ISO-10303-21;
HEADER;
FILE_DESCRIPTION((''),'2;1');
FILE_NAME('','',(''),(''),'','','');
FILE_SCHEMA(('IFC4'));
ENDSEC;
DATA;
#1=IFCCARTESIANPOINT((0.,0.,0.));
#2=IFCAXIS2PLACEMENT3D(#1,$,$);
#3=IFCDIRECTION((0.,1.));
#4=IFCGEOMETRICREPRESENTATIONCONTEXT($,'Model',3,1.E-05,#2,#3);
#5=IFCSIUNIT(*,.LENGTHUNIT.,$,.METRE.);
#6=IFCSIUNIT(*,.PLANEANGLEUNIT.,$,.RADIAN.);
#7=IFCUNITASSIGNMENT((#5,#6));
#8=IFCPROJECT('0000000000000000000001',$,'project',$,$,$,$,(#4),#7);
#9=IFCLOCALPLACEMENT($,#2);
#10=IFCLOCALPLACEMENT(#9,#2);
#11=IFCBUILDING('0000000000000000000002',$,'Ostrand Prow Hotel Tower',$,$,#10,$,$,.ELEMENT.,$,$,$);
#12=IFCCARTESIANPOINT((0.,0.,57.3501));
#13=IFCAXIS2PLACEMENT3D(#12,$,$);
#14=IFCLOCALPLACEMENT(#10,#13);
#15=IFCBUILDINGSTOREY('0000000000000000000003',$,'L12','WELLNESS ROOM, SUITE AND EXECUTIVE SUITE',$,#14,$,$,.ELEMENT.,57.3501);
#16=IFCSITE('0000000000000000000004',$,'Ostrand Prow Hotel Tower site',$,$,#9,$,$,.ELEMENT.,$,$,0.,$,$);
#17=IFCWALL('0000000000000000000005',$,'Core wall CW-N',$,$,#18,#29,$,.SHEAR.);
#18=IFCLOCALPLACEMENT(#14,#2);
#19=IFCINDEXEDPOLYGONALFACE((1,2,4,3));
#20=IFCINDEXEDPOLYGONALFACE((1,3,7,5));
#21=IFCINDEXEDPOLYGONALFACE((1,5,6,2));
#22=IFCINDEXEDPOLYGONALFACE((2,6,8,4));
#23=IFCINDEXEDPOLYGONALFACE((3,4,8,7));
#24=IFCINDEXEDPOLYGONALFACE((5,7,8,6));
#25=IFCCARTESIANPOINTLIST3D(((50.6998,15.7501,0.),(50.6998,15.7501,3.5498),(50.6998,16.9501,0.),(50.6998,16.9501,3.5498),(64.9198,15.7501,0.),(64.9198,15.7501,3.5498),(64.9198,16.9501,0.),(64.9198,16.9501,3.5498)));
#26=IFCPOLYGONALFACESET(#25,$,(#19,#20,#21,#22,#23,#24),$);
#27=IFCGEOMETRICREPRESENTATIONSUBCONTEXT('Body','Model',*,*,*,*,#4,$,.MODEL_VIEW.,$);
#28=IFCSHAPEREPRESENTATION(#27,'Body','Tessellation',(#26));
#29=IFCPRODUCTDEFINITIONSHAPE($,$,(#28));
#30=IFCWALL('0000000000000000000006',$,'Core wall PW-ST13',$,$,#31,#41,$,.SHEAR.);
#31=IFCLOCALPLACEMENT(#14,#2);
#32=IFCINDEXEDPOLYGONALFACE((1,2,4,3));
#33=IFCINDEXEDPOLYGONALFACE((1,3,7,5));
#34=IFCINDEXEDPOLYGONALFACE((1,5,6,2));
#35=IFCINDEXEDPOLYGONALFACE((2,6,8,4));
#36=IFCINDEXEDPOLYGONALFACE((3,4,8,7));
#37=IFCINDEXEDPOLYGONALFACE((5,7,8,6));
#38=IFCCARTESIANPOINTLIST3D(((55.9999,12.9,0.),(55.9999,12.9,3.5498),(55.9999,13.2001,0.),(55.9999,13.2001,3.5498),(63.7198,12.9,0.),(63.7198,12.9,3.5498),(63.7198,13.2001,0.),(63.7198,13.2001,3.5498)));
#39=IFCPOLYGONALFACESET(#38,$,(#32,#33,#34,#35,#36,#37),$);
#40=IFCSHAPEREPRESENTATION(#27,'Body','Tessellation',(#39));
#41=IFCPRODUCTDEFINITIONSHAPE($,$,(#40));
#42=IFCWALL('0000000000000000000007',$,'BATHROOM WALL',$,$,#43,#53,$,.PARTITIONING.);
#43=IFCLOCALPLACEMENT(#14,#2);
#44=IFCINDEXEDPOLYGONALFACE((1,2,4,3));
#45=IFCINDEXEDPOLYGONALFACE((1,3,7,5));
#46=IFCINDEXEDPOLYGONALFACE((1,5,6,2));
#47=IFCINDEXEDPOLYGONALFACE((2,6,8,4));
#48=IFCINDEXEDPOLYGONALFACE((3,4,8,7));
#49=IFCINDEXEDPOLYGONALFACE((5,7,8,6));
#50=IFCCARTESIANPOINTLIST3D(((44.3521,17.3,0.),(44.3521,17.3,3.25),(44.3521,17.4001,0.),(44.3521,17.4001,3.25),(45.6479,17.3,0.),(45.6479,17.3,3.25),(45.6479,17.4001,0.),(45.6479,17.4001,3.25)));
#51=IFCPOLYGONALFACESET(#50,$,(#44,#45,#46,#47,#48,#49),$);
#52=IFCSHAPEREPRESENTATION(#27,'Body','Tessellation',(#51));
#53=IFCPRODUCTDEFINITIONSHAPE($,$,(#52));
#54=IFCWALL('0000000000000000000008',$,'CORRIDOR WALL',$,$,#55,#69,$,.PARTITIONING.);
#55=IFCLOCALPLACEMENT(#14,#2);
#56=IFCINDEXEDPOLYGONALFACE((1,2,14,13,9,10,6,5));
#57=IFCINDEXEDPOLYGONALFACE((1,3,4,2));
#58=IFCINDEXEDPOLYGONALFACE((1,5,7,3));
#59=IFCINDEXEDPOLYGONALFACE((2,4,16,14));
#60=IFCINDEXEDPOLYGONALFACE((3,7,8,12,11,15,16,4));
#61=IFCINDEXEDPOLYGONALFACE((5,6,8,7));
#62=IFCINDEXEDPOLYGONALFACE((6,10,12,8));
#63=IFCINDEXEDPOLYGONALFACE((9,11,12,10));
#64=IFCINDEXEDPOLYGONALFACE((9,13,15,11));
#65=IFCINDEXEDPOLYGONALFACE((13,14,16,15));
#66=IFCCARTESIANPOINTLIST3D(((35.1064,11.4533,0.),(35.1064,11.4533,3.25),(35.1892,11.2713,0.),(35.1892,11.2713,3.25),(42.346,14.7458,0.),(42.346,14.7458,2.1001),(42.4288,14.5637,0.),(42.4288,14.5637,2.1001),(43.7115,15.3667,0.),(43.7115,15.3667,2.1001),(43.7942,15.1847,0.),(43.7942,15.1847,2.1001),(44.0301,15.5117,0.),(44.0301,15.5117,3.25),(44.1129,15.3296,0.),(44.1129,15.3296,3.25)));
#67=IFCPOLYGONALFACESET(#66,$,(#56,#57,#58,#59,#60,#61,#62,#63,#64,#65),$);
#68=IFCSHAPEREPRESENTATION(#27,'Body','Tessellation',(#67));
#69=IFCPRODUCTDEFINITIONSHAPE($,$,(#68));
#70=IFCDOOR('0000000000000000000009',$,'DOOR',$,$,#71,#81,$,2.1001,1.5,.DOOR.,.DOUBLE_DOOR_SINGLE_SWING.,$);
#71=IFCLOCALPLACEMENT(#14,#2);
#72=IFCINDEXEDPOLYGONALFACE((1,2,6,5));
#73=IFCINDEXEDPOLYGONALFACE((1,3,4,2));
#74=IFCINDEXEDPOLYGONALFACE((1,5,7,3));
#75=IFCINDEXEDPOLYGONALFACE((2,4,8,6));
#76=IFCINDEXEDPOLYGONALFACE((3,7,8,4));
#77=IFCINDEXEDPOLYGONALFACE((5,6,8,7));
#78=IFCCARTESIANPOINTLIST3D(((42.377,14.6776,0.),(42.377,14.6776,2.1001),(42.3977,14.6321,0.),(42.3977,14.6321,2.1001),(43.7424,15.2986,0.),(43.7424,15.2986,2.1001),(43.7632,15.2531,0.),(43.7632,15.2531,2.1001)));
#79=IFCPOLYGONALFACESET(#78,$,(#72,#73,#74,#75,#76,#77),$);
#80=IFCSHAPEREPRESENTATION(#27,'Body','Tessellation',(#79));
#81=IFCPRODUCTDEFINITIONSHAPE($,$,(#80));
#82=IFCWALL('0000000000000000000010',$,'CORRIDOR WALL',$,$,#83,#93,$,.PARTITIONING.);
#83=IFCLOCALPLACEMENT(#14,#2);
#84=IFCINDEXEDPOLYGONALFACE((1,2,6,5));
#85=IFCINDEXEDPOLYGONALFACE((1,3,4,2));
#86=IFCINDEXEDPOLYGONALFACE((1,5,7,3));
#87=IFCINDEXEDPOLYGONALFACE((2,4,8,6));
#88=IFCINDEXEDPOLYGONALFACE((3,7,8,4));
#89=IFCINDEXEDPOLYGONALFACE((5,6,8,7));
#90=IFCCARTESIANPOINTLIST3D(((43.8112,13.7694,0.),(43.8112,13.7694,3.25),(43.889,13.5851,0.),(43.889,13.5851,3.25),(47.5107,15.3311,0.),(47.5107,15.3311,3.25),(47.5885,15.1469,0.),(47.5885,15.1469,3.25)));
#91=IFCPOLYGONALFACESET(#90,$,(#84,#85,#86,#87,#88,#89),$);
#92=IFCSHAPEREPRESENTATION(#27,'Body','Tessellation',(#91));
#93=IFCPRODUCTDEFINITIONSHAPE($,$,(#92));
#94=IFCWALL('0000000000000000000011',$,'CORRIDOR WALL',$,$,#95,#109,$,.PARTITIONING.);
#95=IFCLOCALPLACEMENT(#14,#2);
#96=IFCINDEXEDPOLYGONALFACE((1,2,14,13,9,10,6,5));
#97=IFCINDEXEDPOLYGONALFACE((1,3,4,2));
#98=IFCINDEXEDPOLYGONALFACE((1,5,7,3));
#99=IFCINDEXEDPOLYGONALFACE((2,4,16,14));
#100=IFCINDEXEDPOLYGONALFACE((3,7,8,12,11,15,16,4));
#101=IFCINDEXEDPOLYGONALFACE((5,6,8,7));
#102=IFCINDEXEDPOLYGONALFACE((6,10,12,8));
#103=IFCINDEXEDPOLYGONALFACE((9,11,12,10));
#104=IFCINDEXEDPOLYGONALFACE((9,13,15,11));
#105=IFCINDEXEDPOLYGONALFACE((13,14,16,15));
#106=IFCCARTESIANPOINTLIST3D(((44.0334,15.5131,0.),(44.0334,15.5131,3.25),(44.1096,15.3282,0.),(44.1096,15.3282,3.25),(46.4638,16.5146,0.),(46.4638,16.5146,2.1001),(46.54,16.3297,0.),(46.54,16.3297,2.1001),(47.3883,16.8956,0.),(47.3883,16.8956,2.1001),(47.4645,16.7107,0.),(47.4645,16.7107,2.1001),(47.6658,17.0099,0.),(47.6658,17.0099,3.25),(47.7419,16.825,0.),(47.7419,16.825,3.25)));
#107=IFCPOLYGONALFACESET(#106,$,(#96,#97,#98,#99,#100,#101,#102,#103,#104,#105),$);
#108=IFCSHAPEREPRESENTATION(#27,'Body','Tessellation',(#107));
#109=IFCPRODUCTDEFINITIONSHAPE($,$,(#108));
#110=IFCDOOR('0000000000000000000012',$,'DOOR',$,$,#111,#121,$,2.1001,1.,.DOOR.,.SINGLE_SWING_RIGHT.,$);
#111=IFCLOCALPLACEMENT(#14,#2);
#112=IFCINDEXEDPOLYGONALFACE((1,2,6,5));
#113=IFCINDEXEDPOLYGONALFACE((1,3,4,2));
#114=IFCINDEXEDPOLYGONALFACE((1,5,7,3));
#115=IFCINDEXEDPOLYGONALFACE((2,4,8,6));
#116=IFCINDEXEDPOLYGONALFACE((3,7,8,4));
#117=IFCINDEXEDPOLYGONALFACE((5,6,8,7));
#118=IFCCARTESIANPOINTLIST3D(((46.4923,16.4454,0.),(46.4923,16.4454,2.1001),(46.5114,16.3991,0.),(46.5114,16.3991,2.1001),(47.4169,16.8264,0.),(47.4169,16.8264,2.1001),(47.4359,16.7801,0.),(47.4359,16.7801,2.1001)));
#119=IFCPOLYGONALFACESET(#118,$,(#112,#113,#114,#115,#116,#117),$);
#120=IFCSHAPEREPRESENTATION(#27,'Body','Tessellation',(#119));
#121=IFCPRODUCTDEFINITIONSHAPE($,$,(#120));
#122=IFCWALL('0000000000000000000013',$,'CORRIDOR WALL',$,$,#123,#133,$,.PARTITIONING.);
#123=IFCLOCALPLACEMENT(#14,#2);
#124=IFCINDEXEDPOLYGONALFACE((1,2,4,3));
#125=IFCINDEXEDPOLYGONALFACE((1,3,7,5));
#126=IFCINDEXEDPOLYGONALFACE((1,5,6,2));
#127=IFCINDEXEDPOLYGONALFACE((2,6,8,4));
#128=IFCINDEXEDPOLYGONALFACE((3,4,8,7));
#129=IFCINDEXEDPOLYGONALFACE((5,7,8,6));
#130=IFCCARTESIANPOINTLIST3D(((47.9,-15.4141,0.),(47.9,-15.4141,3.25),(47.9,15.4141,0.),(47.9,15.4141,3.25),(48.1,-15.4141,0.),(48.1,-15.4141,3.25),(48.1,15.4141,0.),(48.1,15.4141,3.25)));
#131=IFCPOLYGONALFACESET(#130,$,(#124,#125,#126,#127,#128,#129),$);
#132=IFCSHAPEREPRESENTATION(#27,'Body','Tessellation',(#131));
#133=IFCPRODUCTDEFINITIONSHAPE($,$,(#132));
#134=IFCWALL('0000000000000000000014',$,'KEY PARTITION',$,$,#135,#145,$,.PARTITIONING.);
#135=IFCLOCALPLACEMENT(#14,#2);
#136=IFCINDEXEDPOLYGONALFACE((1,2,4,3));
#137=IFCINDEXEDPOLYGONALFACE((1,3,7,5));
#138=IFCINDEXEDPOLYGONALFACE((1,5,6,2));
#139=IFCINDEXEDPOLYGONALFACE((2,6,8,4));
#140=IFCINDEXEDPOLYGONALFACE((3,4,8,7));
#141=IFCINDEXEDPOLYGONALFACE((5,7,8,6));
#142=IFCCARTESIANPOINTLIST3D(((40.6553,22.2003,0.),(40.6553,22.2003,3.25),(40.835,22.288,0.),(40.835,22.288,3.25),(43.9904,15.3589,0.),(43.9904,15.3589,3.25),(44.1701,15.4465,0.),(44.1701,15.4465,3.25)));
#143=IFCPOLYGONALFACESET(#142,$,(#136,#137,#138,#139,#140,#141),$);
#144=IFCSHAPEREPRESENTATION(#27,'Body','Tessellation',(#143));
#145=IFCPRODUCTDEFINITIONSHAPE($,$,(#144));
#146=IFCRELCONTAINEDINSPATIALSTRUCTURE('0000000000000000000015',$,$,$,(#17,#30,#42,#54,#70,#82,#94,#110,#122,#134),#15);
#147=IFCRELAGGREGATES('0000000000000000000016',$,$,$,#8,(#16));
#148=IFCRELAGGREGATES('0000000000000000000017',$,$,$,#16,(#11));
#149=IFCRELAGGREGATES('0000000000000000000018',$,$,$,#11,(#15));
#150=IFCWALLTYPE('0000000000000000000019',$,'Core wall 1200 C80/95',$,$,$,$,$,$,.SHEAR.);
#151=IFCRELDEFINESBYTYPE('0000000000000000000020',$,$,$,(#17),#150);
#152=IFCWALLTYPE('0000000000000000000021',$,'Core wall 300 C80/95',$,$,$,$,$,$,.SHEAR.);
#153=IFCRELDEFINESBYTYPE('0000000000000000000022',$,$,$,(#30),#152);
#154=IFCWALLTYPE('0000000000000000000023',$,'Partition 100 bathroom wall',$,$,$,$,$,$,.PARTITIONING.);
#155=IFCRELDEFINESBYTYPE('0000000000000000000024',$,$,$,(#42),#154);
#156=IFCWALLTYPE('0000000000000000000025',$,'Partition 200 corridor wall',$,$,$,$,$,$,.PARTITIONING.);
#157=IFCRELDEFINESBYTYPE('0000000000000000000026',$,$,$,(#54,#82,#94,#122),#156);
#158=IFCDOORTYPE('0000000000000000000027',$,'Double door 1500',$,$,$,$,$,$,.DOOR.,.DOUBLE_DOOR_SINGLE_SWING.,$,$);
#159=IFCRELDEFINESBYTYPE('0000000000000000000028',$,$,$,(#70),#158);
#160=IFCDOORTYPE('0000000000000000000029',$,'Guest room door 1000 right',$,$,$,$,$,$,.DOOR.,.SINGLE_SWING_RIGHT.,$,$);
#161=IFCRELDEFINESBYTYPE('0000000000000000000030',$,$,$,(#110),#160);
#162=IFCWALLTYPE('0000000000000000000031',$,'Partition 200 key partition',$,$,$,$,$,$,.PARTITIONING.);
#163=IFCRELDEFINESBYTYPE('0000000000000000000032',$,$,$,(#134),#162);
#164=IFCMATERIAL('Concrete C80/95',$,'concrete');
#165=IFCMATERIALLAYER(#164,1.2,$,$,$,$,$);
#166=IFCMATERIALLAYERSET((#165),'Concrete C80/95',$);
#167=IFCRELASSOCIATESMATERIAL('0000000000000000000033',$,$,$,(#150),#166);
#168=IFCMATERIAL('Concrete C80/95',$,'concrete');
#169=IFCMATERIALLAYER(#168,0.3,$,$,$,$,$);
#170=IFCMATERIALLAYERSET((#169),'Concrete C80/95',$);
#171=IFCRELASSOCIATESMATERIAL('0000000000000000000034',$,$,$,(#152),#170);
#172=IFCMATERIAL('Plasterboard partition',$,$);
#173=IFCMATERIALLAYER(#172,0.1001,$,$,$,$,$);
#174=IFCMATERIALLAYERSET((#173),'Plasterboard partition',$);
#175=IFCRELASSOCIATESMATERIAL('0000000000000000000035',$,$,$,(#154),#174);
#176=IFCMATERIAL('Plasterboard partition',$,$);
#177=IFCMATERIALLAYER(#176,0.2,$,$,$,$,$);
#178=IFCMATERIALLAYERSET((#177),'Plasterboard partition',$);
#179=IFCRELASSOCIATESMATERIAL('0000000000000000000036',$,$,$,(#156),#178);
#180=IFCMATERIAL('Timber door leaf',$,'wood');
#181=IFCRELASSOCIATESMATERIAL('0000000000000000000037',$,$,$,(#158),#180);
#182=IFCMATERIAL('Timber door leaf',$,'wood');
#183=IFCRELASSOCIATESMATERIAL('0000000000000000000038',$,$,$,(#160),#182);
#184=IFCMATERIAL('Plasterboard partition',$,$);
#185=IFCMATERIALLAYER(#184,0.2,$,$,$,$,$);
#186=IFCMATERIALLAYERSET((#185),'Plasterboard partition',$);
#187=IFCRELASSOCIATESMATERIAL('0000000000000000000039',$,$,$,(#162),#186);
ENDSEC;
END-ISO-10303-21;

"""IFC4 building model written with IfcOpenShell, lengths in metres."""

from ifc_helpers import new_model, si_unit, direction, frame, frame_2d, origin, place, context, subcontext, project, spatial, rectangle, extrude, material, layer, layer_set, type_object, element, fill, save


model = new_model("IFC4")

# Units and contexts
model_context = context("Model", 3, precision=1e-05, world=origin(), true_north=direction((0.0, 1.0)))
body_context = subcontext(model_context, "Body", "Model", "MODEL_VIEW")
ifc_project = project(units=[si_unit("LENGTHUNIT", "METRE"), si_unit("PLANEANGLEUNIT", "RADIAN")], contexts=[model_context])

# Site, building, storey
site_placement = place(None, origin())
site = spatial("IfcSite", under=ifc_project, at=site_placement, Name="Ostrand Prow Hotel Tower site", CompositionType="ELEMENT", RefElevation=0.0)
building_placement = place(site_placement, origin())
building = spatial("IfcBuilding", under=site, at=building_placement, Name="Ostrand Prow Hotel Tower", CompositionType="ELEMENT")
storey_placement = place(building_placement, frame((0.0, 0.0, 57.3501)))
storey = spatial("IfcBuildingStorey", under=building, at=storey_placement, Name="L12", Description="WELLNESS ROOM, SUITE AND EXECUTIVE SUITE", CompositionType="ELEMENT", Elevation=57.3501)

# Walls
ifc_material_1 = material(Name="Concrete C80/95", Category="concrete")
ifc_layer_1 = layer(ifc_material_1, 1.2)
ifc_layer_set_1 = layer_set([ifc_layer_1], Name="Concrete C80/95")
wall_type_1 = type_object("IfcWallType", Name="Core wall 1200 C80/95", PredefinedType="SHEAR", material=ifc_layer_set_1)
wall_1_placement = place(storey_placement, frame((50.7, 16.3501, 0.0), z_axis=(0.0, 0.0, 1.0), x_axis=(1.0, 0.0, 0.0)))
element("IfcWall", 1, at=wall_1_placement, inside=storey, type_object=wall_type_1, Name="Core wall CW-N", PredefinedType="SHEAR", context=body_context, shape_type="SweptSolid", body=[
    extrude(rectangle(XDim=14.22, YDim=1.2, at=frame_2d((7.1099, 0.0))), origin(), (0.0, 0.0, 1.0), 3.5498),
])
ifc_material_2 = material(Name="Concrete C80/95", Category="concrete")
ifc_layer_2 = layer(ifc_material_2, 0.3)
ifc_layer_set_2 = layer_set([ifc_layer_2], Name="Concrete C80/95")
wall_type_2 = type_object("IfcWallType", Name="Core wall 300 C80/95", PredefinedType="SHEAR", material=ifc_layer_set_2)
wall_2_placement = place(storey_placement, frame((56.0, 13.05, 0.0), z_axis=(0.0, 0.0, 1.0), x_axis=(1.0, 0.0, 0.0)))
element("IfcWall", 2, at=wall_2_placement, inside=storey, type_object=wall_type_2, Name="Core wall PW-ST13", PredefinedType="SHEAR", context=body_context, shape_type="SweptSolid", body=[
    extrude(rectangle(XDim=7.72, YDim=0.3, at=frame_2d((3.8599, 0.0))), origin(), (0.0, 0.0, 1.0), 3.5498),
])
ifc_material_3 = material(Name="Plasterboard partition")
ifc_layer_3 = layer(ifc_material_3, 0.1001)
ifc_layer_set_3 = layer_set([ifc_layer_3], Name="Plasterboard partition")
wall_type_3 = type_object("IfcWallType", Name="Partition 100 bathroom wall", PredefinedType="PARTITIONING", material=ifc_layer_set_3)
wall_3_placement = place(storey_placement, frame((44.3521, 17.3501, 0.0), z_axis=(0.0, 0.0, 1.0), x_axis=(1.0, 0.0, 0.0)))
element("IfcWall", 3, at=wall_3_placement, inside=storey, type_object=wall_type_3, Name="BATHROOM WALL", PredefinedType="PARTITIONING", context=body_context, shape_type="SweptSolid", body=[
    extrude(rectangle(XDim=1.2959, YDim=0.1001, at=frame_2d((0.6479, 0.0))), origin(), (0.0, 0.0, 1.0), 3.25),
])

# Wall, opening, door
ifc_material_4 = material(Name="Plasterboard partition")
ifc_layer_4 = layer(ifc_material_4, 0.2)
ifc_layer_set_4 = layer_set([ifc_layer_4], Name="Plasterboard partition")
wall_type_4 = type_object("IfcWallType", Name="Partition 200 corridor wall", PredefinedType="PARTITIONING", material=ifc_layer_set_4)
wall_4_placement = place(storey_placement, frame((44.0715, 15.4207, 0.0), z_axis=(0.0, 0.0, 1.0), x_axis=(-0.910287, -0.413977, 0.0)))
wall_4 = element("IfcWall", 4, at=wall_4_placement, inside=storey, type_object=wall_type_4, Name="CORRIDOR WALL", PredefinedType="PARTITIONING", context=body_context, shape_type="SweptSolid", body=[
    extrude(rectangle(XDim=9.8032, YDim=0.2, at=frame_2d((4.9016, 0.0))), origin(), (0.0, 0.0, 1.0), 3.25),
])
opening_1_placement = place(wall_4_placement, frame((0.3501, 0.0, 0.0)))
opening_1 = element("IfcOpeningElement", 5, at=opening_1_placement, cuts=wall_4, PredefinedType="OPENING", context=body_context, shape_type="SweptSolid", body=[
    extrude(rectangle(XDim=1.5, YDim=2.1001, at=frame_2d((0.75, 1.05))), frame((0.0, 0.1099, 0.0), z_axis=(0.0, -1.0, 0.0), x_axis=(1.0, 0.0, 0.0)), (0.0, 0.0, 1.0), 0.22),
])
ifc_material_5 = material(Name="Timber door leaf", Category="wood")
door_type_1 = type_object("IfcDoorType", Name="Double door 1500", OperationType="DOUBLE_DOOR_SINGLE_SWING", PredefinedType="DOOR", material=ifc_material_5)
door_1_placement = place(opening_1_placement, origin())
door_1 = element("IfcDoor", 6, at=door_1_placement, inside=storey, type_object=door_type_1, Name="DOOR", OperationType="DOUBLE_DOOR_SINGLE_SWING", OverallHeight=2.1001, OverallWidth=1.5, PredefinedType="DOOR", context=body_context, shape_type="SweptSolid", body=[
    extrude(rectangle(XDim=1.5, YDim=2.1001, at=frame_2d((0.75, 1.05))), frame((0.0, 0.0249, 0.0), z_axis=(0.0, -1.0, 0.0), x_axis=(1.0, 0.0, 0.0)), (0.0, 0.0, 1.0), 0.05),
])
fill(opening_1, door_1)

# Wall
wall_5_placement = place(storey_placement, frame((43.8501, 13.6772, 0.0), z_axis=(0.0, 0.0, 1.0), x_axis=(0.92127, 0.388924, 0.0)))
element("IfcWall", 7, at=wall_5_placement, inside=storey, type_object=wall_type_4, Name="CORRIDOR WALL", PredefinedType="PARTITIONING", context=body_context, shape_type="SweptSolid", body=[
    extrude(rectangle(XDim=4.0156, YDim=0.2, at=frame_2d((2.0078, 0.0))), origin(), (0.0, 0.0, 1.0), 3.25),
])

# Wall, opening, door
wall_6_placement = place(storey_placement, frame((47.7039, 16.9175, 0.0), z_axis=(0.0, 0.0, 1.0), x_axis=(-0.924574, -0.381003, 0.0)))
wall_6 = element("IfcWall", 8, at=wall_6_placement, inside=storey, type_object=wall_type_4, Name="CORRIDOR WALL", PredefinedType="PARTITIONING", context=body_context, shape_type="SweptSolid", body=[
    extrude(rectangle(XDim=3.9287, YDim=0.2, at=frame_2d((1.9644, 0.0))), origin(), (0.0, 0.0, 1.0), 3.25),
])
opening_2_placement = place(wall_6_placement, frame((0.3, 0.0, 0.0)))
opening_2 = element("IfcOpeningElement", 9, at=opening_2_placement, cuts=wall_6, PredefinedType="OPENING", context=body_context, shape_type="SweptSolid", body=[
    extrude(rectangle(XDim=1.0, YDim=2.1001, at=frame_2d((0.5, 1.05))), frame((0.0, 0.1099, 0.0), z_axis=(0.0, -1.0, 0.0), x_axis=(1.0, 0.0, 0.0)), (0.0, 0.0, 1.0), 0.22),
])
ifc_material_6 = material(Name="Timber door leaf", Category="wood")
door_type_2 = type_object("IfcDoorType", Name="Guest room door 1000 right", OperationType="SINGLE_SWING_RIGHT", PredefinedType="DOOR", material=ifc_material_6)
door_2_placement = place(opening_2_placement, origin())
door_2 = element("IfcDoor", 10, at=door_2_placement, inside=storey, type_object=door_type_2, Name="DOOR", OperationType="SINGLE_SWING_RIGHT", OverallHeight=2.1001, OverallWidth=1.0, PredefinedType="DOOR", context=body_context, shape_type="SweptSolid", body=[
    extrude(rectangle(XDim=1.0, YDim=2.1001, at=frame_2d((0.5, 1.05))), frame((0.0, 0.0249, 0.0), z_axis=(0.0, -1.0, 0.0), x_axis=(1.0, 0.0, 0.0)), (0.0, 0.0, 1.0), 0.05),
])
fill(opening_2, door_2)

# Walls
wall_7_placement = place(storey_placement, frame((48.0, 15.4141, 0.0), z_axis=(0.0, 0.0, 1.0), x_axis=(0.0, -1.0, 0.0)))
element("IfcWall", 11, at=wall_7_placement, inside=storey, type_object=wall_type_4, Name="CORRIDOR WALL", PredefinedType="PARTITIONING", context=body_context, shape_type="SweptSolid", body=[
    extrude(rectangle(XDim=30.8281, YDim=0.2, at=frame_2d((15.4141, 0.0))), origin(), (0.0, 0.0, 1.0), 3.25),
])
ifc_material_7 = material(Name="Plasterboard partition")
ifc_layer_5 = layer(ifc_material_7, 0.2)
ifc_layer_set_5 = layer_set([ifc_layer_5], Name="Plasterboard partition")
wall_type_5 = type_object("IfcWallType", Name="Partition 200 key partition", PredefinedType="PARTITIONING", material=ifc_layer_set_5)
wall_8_placement = place(storey_placement, frame((44.0803, 15.4026, 0.0), z_axis=(0.0, 0.0, 1.0), x_axis=(-0.438197, 0.898879, 0.0)))
element("IfcWall", 12, at=wall_8_placement, inside=storey, type_object=wall_type_5, Name="KEY PARTITION", PredefinedType="PARTITIONING", context=body_context, shape_type="SweptSolid", body=[
    extrude(rectangle(XDim=7.6111, YDim=0.2, at=frame_2d((3.8057, 0.0))), origin(), (0.0, 0.0, 1.0), 3.25),
])

save(model, "model.ifc")
